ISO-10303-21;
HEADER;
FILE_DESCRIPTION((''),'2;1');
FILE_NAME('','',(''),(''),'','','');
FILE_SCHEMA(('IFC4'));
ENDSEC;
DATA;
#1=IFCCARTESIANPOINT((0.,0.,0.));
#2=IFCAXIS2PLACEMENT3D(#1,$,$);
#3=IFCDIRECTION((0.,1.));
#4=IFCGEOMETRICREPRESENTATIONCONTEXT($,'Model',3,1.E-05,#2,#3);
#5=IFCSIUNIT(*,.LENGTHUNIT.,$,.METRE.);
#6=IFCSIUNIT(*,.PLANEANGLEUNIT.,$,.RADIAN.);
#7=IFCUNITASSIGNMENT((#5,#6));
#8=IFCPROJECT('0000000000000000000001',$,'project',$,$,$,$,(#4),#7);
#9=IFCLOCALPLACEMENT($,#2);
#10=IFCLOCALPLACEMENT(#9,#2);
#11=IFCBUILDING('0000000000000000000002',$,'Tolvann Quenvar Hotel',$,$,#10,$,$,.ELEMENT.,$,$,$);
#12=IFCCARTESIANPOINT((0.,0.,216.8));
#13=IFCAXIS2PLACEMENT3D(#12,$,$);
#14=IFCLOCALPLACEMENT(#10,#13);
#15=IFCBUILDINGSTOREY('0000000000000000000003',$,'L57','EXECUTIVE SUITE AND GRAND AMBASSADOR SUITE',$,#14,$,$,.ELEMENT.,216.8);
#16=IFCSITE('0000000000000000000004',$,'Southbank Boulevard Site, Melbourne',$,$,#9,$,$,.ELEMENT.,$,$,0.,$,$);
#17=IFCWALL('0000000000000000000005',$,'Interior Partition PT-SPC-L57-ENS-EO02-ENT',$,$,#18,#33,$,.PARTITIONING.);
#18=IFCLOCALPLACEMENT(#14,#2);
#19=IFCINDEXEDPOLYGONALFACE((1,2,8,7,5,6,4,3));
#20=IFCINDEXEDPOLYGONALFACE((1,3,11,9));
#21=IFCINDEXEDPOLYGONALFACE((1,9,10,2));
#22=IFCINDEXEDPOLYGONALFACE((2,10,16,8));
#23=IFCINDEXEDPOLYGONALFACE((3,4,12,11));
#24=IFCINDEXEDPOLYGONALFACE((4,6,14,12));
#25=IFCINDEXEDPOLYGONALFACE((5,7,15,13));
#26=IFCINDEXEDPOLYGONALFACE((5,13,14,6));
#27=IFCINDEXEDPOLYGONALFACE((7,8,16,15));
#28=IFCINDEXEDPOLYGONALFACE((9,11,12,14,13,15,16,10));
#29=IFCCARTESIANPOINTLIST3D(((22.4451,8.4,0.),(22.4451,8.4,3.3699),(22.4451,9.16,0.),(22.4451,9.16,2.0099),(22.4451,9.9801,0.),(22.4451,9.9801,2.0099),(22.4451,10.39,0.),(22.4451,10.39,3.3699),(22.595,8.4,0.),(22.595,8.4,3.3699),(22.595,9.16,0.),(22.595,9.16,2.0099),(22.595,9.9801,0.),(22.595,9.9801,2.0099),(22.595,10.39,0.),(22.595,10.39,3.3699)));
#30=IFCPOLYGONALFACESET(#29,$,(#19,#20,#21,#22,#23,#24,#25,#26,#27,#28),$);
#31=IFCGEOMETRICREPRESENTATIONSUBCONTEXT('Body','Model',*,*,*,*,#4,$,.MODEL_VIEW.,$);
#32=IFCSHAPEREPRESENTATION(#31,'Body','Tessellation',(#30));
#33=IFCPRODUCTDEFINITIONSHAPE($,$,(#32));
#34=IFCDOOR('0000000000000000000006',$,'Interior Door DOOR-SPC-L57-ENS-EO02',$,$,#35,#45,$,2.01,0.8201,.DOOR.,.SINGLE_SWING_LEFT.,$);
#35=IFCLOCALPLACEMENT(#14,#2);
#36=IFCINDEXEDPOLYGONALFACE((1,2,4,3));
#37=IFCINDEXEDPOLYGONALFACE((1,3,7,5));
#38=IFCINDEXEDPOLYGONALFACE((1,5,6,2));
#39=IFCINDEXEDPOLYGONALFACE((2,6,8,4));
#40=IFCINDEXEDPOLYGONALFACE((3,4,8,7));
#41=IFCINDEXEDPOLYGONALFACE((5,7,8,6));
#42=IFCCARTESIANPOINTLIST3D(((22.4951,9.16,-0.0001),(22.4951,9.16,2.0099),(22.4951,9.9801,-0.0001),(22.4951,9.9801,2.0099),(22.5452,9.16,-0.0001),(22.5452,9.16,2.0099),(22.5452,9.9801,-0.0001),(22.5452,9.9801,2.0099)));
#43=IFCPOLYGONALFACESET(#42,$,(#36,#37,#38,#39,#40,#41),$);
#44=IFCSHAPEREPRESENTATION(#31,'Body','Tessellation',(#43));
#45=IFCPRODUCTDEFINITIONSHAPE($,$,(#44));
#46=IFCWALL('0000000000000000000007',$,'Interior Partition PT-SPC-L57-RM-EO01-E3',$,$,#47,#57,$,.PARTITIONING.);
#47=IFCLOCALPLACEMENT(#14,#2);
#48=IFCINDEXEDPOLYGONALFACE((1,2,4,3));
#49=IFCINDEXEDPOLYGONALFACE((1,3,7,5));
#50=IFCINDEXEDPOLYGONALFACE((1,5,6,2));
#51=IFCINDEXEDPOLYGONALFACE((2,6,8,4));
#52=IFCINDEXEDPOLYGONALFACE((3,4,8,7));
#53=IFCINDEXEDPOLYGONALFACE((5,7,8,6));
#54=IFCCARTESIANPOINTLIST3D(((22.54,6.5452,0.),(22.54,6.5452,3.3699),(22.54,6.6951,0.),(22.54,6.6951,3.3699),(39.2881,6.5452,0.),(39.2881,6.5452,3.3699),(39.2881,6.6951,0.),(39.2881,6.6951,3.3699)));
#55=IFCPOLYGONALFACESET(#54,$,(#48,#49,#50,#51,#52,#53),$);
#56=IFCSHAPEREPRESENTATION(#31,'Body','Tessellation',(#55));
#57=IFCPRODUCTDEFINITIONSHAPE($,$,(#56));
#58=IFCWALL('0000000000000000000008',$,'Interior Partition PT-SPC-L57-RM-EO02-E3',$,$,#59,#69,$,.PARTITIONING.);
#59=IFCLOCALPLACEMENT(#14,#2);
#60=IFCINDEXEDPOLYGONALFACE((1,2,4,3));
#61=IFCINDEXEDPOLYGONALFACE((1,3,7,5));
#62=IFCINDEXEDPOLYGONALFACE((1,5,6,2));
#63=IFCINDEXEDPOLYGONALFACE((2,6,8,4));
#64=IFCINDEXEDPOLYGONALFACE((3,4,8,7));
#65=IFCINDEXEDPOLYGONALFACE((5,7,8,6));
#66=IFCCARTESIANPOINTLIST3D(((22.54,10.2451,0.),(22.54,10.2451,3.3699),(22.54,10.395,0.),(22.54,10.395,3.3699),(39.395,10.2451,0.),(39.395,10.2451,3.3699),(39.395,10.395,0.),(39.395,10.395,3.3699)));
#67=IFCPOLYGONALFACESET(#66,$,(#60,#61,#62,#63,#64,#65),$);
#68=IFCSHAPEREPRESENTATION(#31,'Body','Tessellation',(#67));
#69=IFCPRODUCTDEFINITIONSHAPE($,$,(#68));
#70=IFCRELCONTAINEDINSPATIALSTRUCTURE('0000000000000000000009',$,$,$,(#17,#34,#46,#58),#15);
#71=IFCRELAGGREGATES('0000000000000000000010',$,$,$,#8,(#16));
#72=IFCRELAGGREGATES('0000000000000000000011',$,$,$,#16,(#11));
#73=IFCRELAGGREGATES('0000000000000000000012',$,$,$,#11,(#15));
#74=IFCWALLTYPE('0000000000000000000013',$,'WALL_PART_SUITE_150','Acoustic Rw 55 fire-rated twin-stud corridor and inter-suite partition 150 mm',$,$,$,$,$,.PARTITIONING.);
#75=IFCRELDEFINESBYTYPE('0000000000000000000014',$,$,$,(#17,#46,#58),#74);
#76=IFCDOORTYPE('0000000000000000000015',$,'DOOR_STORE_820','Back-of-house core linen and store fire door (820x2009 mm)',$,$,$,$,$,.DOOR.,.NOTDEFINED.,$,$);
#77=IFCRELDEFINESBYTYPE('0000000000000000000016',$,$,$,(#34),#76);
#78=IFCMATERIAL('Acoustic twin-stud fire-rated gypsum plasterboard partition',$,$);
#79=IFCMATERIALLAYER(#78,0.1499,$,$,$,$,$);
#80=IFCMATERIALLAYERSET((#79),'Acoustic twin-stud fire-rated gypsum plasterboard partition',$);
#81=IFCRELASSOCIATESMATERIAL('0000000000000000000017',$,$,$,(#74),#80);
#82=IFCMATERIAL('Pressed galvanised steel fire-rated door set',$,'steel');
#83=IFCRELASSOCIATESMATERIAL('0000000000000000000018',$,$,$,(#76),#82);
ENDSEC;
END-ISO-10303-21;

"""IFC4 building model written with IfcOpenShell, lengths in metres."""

from ifc_helpers import new_model, si_unit, direction, frame, frame_2d, origin, place, context, subcontext, project, spatial, rectangle, extrude, source, transform, mapped, material, layer, layer_set, type_object, type_shapes, element, fill, save


model = new_model("IFC4")

# Units and contexts
model_context = context("Model", 3, precision=1e-05, world=origin(), true_north=direction((0.0, 1.0)))
body_context = subcontext(model_context, "Body", "Model", "MODEL_VIEW")
ifc_project = project(units=[si_unit("LENGTHUNIT", "METRE"), si_unit("PLANEANGLEUNIT", "RADIAN")], contexts=[model_context])

# Site, building, storey
site_placement = place(None, origin())
site = spatial("IfcSite", under=ifc_project, at=site_placement, Name="Southbank Boulevard Site, Melbourne", CompositionType="ELEMENT", RefElevation=0.0)
building_placement = place(site_placement, origin())
building = spatial("IfcBuilding", under=site, at=building_placement, Name="Tolvann Quenvar Hotel", CompositionType="ELEMENT")
storey_placement = place(building_placement, frame((0.0, 0.0, 216.8)))
storey = spatial("IfcBuildingStorey", under=building, at=storey_placement, Name="L57", Description="EXECUTIVE SUITE AND GRAND AMBASSADOR SUITE", CompositionType="ELEMENT", Elevation=216.8)

# Wall, opening, door
ifc_material_1 = material(Name="Acoustic twin-stud fire-rated gypsum plasterboard partition")
ifc_layer_1 = layer(ifc_material_1, 0.1499)
ifc_layer_set_1 = layer_set([ifc_layer_1], Name="Acoustic twin-stud fire-rated gypsum plasterboard partition")
wall_type_1 = type_object("IfcWallType", Name="WALL_PART_SUITE_150", Description="Acoustic Rw 55 fire-rated twin-stud corridor and inter-suite partition 150 mm", PredefinedType="PARTITIONING", material=ifc_layer_set_1)
wall_1_placement = place(storey_placement, frame((22.52, 8.3999, 0.0), z_axis=(0.0, 0.0, 1.0), x_axis=(0.0, 1.0, 0.0)))
wall_1 = element("IfcWall", 1, at=wall_1_placement, inside=storey, type_object=wall_type_1, Name="Interior Partition PT-SPC-L57-ENS-EO02-ENT", PredefinedType="PARTITIONING", context=body_context, shape_type="SweptSolid", body=[
    extrude(rectangle(XDim=1.99, YDim=0.1499, at=frame_2d((0.9951, 0.0))), origin(), (0.0, 0.0, 1.0), 3.3699),
])
opening_1_placement = place(wall_1_placement, frame((0.76, 0.0, 0.0)))
opening_1 = element("IfcOpeningElement", 2, at=opening_1_placement, cuts=wall_1, PredefinedType="OPENING", context=body_context, shape_type="SweptSolid", body=[
    extrude(rectangle(XDim=0.8201, YDim=2.01, at=frame_2d((0.4102, 1.0049))), frame((0.0, 0.085, 0.0), z_axis=(0.0, -1.0, 0.0), x_axis=(1.0, 0.0, 0.0)), (0.0, 0.0, 1.0), 0.1699),
])
ifc_material_2 = material(Name="Pressed galvanised steel fire-rated door set", Category="steel")
door_type_1 = type_object("IfcDoorType", Name="DOOR_STORE_820", Description="Back-of-house core linen and store fire door (820x2009 mm)", OperationType="NOTDEFINED", PredefinedType="DOOR", material=ifc_material_2)
shared_shape_1 = source(origin(), body_context, "Body", "SweptSolid", [
    extrude(rectangle(XDim=0.8201, YDim=2.01, at=frame_2d((0.4102, 1.0049))), frame((0.0, 0.0249, 0.0), z_axis=(0.0, -1.0, 0.0), x_axis=(1.0, 0.0, 0.0)), (0.0, 0.0, 1.0), 0.05),
])
type_shapes(door_type_1, [shared_shape_1])
door_1_placement = place(opening_1_placement, origin())
door_1 = element("IfcDoor", 3, at=door_1_placement, inside=storey, type_object=door_type_1, Name="Interior Door DOOR-SPC-L57-ENS-EO02", OperationType="SINGLE_SWING_LEFT", OverallHeight=2.01, OverallWidth=0.8201, PredefinedType="DOOR", context=body_context, shape_type="MappedRepresentation", body=[
    mapped(shared_shape_1, transform((0.0, 0.0, 0.0), x_axis=(1.0, 0.0, 0.0), y_axis=(0.0, 1.0, 0.0), z_axis=(0.0, 0.0, 1.0), scale=1.0)),
])
fill(opening_1, door_1)

# Wall
wall_2_placement = place(storey_placement, frame((22.54, 6.6201, 0.0), z_axis=(0.0, 0.0, 1.0), x_axis=(1.0, 0.0, 0.0)))
element("IfcWall", 4, at=wall_2_placement, inside=storey, type_object=wall_type_1, Name="Interior Partition PT-SPC-L57-RM-EO01-E3", PredefinedType="PARTITIONING", context=body_context, shape_type="SweptSolid", body=[
    extrude(rectangle(XDim=16.748, YDim=0.1499, at=frame_2d((8.374, 0.0))), origin(), (0.0, 0.0, 1.0), 3.3699),
])

# Wall
wall_3_placement = place(storey_placement, frame((22.54, 10.3201, 0.0), z_axis=(0.0, 0.0, 1.0), x_axis=(1.0, 0.0, 0.0)))
element("IfcWall", 5, at=wall_3_placement, inside=storey, type_object=wall_type_1, Name="Interior Partition PT-SPC-L57-RM-EO02-E3", PredefinedType="PARTITIONING", context=body_context, shape_type="SweptSolid", body=[
    extrude(rectangle(XDim=16.855, YDim=0.1499, at=frame_2d((8.4275, 0.0))), origin(), (0.0, 0.0, 1.0), 3.3699),
])

save(model, "model.ifc")
